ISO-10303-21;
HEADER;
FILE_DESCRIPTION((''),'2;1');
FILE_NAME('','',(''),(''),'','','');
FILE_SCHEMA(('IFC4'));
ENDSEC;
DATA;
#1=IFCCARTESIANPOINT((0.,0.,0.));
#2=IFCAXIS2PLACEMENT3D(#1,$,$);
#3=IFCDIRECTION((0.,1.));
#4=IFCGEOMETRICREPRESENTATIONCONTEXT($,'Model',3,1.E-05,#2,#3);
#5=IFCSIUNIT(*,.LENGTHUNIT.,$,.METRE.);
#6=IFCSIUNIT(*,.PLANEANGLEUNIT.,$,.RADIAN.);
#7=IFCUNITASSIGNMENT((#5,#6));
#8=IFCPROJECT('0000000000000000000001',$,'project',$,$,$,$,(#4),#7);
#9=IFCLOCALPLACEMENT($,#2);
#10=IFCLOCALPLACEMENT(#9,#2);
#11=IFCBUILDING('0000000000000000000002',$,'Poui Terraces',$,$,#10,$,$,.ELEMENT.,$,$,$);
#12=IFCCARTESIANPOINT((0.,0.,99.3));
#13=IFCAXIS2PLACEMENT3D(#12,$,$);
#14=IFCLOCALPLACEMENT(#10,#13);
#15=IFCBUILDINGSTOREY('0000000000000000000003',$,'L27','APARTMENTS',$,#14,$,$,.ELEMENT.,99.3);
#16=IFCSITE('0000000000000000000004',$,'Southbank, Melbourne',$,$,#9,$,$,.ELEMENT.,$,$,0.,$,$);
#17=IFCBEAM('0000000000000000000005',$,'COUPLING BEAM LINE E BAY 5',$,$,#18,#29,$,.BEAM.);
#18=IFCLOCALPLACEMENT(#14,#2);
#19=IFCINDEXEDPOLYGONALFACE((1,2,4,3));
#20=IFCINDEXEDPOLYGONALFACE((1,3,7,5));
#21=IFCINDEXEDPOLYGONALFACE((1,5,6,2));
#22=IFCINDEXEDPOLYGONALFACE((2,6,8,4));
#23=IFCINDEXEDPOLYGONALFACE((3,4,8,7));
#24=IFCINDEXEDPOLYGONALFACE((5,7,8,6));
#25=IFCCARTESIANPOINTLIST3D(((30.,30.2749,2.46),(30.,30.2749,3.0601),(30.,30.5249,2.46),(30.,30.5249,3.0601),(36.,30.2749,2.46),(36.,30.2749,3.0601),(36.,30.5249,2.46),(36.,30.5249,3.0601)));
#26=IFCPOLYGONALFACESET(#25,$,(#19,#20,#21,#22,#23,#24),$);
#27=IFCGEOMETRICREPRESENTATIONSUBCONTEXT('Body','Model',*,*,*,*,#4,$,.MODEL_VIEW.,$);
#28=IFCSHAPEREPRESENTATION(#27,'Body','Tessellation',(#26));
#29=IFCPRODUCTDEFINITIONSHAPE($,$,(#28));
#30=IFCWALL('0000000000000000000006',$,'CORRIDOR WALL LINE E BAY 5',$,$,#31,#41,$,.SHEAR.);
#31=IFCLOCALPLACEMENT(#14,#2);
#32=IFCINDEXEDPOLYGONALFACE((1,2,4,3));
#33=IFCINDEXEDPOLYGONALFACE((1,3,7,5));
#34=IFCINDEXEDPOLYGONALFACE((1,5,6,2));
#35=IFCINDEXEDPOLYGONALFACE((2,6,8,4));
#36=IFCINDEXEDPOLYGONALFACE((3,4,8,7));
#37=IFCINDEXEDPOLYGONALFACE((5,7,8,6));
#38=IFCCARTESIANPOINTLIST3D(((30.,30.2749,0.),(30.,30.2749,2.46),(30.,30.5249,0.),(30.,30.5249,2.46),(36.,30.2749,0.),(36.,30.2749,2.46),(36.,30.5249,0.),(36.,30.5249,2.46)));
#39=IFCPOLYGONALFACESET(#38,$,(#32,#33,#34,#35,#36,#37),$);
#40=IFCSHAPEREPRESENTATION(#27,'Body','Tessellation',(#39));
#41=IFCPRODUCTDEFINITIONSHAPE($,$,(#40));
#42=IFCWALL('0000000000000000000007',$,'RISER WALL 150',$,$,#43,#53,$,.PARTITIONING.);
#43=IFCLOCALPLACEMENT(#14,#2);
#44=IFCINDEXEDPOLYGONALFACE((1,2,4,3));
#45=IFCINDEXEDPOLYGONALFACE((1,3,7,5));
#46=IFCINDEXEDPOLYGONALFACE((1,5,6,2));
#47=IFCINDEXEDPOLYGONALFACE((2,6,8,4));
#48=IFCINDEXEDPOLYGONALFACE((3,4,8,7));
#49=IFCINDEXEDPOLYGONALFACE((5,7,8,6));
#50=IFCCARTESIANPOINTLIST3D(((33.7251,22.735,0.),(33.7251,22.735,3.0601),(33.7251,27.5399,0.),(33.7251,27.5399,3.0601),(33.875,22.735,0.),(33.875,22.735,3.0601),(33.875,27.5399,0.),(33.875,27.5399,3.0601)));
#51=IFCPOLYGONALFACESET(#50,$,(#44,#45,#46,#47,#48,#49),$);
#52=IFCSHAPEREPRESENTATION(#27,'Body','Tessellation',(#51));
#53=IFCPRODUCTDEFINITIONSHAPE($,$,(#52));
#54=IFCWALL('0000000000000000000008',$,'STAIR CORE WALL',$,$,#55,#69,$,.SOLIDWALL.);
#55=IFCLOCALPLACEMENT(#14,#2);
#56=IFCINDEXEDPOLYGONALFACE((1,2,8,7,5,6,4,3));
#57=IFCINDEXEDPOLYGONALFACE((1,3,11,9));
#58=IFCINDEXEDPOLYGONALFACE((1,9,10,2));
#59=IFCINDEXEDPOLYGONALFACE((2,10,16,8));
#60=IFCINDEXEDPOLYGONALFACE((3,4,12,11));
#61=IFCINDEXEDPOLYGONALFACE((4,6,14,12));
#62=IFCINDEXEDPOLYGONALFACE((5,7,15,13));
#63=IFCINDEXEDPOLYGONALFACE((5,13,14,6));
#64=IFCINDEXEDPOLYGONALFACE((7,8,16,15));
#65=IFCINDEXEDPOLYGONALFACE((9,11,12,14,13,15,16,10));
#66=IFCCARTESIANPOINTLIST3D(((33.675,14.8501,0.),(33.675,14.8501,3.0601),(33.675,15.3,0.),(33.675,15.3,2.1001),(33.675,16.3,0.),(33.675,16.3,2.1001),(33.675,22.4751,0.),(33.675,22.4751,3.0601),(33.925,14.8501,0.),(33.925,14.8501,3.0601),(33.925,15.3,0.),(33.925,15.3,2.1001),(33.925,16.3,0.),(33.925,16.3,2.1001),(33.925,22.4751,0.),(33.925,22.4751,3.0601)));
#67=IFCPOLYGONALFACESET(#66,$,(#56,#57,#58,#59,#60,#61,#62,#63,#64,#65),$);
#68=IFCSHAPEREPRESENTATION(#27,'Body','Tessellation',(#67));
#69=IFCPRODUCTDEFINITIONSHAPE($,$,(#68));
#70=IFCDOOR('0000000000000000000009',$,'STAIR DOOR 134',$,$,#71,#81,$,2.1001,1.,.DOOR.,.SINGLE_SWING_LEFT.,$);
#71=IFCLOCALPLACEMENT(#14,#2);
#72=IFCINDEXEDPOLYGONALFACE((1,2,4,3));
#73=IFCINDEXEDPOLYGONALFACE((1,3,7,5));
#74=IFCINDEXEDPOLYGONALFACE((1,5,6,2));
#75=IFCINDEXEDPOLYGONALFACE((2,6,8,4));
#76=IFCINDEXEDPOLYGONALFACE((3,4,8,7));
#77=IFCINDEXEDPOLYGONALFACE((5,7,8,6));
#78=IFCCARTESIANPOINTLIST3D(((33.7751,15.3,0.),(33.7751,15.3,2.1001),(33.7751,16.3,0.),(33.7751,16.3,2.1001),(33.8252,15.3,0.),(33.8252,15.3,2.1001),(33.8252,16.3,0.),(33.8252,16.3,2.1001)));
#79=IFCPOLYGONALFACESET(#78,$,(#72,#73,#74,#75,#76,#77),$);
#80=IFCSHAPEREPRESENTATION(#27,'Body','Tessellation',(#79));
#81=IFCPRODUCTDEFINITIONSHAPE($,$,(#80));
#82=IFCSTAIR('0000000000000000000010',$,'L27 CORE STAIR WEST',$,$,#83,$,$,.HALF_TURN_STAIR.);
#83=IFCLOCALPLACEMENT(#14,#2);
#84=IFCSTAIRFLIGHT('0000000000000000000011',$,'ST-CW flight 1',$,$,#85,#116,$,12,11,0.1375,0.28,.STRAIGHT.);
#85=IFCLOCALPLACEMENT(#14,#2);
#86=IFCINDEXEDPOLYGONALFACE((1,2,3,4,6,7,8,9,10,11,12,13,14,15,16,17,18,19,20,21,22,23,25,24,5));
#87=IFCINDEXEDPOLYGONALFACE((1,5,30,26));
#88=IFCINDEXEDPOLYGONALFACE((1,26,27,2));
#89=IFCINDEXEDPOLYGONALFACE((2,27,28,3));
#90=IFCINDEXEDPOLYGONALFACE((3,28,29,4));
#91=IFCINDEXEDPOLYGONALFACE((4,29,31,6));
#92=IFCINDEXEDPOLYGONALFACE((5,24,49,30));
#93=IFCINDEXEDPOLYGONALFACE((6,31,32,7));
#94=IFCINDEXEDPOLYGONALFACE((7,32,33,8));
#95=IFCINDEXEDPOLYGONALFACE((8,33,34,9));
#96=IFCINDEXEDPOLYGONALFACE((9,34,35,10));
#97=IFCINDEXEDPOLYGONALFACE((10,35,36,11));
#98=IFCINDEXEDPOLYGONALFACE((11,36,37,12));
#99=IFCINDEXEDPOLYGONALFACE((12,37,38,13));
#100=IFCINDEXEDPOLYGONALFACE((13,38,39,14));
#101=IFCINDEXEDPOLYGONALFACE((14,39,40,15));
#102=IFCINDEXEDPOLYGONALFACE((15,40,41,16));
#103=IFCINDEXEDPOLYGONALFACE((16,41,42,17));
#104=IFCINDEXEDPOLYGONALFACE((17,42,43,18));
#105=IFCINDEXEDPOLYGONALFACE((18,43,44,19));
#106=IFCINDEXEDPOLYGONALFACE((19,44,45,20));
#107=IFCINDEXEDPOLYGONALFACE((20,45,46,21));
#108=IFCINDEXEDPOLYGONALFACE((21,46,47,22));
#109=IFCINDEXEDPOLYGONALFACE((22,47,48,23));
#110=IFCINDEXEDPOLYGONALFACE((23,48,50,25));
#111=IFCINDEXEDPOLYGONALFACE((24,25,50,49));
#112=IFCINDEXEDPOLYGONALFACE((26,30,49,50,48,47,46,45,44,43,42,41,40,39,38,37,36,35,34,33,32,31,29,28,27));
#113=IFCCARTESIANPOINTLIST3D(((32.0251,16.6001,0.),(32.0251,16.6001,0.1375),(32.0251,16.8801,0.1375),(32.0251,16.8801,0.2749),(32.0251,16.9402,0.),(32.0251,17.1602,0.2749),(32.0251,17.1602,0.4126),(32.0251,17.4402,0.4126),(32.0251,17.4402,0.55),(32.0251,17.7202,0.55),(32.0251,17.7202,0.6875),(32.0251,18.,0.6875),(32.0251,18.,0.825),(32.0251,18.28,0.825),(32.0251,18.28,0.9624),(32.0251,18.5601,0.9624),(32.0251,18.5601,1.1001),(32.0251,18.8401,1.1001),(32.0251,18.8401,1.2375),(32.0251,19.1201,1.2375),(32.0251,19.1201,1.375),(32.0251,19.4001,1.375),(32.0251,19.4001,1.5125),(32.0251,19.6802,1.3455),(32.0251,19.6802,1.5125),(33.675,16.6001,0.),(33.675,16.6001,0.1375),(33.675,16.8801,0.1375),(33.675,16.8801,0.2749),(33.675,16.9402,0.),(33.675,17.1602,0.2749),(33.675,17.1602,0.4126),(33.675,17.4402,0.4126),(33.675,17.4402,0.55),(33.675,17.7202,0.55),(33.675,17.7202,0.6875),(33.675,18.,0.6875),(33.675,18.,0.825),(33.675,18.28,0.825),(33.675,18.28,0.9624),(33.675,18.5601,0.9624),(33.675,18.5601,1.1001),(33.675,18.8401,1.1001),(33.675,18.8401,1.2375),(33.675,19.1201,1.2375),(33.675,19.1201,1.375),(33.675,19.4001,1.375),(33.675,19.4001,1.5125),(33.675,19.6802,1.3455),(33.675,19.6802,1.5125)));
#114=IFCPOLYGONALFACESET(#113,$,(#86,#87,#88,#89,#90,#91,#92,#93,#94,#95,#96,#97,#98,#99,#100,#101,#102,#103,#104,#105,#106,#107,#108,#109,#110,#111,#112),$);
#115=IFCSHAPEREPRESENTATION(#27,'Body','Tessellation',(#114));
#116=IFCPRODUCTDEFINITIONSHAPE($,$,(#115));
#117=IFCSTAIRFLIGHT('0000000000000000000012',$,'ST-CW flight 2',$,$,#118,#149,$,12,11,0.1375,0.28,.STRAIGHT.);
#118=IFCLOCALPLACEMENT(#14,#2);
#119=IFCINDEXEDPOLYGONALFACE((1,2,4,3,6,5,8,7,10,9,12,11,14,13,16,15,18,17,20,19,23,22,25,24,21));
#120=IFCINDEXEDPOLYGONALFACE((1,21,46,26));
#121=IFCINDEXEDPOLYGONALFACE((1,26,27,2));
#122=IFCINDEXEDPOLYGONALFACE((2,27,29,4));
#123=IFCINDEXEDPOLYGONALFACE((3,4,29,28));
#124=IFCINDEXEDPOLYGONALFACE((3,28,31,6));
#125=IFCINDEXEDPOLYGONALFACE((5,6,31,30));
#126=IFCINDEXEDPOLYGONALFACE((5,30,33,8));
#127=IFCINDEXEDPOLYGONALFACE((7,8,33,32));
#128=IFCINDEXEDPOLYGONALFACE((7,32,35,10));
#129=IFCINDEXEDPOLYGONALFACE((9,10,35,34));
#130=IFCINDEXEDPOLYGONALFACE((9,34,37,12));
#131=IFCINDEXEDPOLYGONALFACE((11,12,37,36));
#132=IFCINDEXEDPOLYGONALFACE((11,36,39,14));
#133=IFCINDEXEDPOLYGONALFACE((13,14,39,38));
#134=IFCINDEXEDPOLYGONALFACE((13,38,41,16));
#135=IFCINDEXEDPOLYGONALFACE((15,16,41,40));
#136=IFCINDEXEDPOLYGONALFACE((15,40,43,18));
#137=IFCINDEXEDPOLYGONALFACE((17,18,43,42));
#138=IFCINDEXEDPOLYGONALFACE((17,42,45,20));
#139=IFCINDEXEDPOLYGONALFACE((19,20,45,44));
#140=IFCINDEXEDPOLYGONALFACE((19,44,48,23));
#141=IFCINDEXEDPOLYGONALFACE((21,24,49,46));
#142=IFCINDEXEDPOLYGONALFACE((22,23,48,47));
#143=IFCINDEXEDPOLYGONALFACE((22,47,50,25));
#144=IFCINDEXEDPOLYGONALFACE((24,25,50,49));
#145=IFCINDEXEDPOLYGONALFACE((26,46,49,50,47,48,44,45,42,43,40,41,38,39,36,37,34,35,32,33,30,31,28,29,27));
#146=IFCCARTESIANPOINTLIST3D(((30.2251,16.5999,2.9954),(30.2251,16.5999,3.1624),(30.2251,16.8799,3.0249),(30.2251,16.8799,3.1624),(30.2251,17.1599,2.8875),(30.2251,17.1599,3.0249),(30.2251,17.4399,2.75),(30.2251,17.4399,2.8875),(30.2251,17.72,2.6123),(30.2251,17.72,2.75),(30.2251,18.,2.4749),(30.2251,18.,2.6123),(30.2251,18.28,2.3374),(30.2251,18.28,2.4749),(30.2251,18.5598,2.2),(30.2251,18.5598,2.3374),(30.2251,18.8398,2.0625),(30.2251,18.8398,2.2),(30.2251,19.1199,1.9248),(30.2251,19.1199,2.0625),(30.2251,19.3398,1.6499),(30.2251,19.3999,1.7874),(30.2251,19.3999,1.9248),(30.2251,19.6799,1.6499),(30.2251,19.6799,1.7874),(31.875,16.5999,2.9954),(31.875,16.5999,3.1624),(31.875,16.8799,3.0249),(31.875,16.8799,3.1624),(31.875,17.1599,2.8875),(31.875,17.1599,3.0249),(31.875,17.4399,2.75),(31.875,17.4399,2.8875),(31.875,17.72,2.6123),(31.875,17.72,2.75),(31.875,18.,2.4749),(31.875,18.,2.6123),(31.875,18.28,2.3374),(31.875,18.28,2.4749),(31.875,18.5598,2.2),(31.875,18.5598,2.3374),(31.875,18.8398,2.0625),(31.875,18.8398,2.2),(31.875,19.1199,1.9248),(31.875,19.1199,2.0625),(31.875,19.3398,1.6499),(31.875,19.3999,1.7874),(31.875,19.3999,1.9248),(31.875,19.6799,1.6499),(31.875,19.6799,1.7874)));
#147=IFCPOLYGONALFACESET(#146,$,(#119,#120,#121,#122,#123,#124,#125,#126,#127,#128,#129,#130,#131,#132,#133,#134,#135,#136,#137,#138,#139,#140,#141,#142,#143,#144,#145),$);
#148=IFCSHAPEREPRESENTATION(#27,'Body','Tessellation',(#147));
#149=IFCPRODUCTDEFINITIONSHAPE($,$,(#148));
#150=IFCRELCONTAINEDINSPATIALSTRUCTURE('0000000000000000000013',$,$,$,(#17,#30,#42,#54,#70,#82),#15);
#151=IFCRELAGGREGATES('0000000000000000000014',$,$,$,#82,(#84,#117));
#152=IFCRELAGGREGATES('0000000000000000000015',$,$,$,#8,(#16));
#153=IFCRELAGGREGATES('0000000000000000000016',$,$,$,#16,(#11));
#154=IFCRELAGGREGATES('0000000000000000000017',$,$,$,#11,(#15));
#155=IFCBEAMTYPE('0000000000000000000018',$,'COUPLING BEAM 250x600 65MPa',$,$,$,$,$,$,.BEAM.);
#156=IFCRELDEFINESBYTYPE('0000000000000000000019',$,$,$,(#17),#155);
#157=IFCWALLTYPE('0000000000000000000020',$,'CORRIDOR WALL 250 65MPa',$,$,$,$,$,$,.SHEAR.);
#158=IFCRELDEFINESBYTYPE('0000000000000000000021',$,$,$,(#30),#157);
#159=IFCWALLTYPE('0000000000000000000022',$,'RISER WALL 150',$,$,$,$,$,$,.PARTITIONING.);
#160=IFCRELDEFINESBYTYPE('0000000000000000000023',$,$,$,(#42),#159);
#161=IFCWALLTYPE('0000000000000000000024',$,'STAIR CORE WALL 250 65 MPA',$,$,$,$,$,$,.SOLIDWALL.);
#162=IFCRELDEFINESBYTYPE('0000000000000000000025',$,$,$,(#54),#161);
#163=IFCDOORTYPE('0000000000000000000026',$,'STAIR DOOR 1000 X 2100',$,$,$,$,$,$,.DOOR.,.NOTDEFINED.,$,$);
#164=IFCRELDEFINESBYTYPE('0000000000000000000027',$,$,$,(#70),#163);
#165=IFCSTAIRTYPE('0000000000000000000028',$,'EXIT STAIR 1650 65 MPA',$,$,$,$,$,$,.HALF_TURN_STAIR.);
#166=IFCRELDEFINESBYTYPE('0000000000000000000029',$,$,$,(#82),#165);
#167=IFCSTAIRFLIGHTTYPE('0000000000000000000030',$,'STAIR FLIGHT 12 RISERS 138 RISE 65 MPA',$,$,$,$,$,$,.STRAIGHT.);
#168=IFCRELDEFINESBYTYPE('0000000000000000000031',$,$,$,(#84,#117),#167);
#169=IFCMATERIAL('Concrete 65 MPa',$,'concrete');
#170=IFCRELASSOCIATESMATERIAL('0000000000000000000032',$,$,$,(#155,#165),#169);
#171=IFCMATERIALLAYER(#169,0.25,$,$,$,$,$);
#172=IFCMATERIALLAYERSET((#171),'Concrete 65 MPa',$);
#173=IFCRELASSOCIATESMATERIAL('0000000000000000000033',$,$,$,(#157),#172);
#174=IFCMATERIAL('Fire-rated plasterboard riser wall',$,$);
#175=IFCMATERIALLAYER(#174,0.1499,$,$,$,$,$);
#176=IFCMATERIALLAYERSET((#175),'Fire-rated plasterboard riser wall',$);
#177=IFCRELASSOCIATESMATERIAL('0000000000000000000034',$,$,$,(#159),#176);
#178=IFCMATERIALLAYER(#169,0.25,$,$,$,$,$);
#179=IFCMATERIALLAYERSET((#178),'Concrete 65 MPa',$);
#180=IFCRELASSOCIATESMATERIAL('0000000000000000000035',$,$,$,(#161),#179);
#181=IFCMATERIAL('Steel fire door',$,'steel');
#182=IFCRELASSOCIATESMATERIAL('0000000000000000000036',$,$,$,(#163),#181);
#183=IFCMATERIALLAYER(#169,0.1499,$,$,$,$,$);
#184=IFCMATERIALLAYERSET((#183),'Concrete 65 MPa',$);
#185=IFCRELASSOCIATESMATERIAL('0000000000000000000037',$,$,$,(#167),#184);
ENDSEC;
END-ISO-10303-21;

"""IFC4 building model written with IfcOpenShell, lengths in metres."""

from ifc_helpers import new_model, si_unit, direction, frame, frame_2d, origin, origin_2d, place, context, subcontext, project, spatial, polyline, rectangle, outline, extrude, source, transform, mapped, material, layer, layer_set, material_profile, profile_set, type_object, element, fill, aggregate, save


model = new_model("IFC4")

# Units and contexts
model_context = context("Model", 3, precision=1e-05, world=origin(), true_north=direction((0.0, 1.0)))
body_context = subcontext(model_context, "Body", "Model", "MODEL_VIEW")
ifc_project = project(units=[si_unit("LENGTHUNIT", "METRE"), si_unit("PLANEANGLEUNIT", "RADIAN")], contexts=[model_context])

# Site, building, storey
site_placement = place(None, origin())
site = spatial("IfcSite", under=ifc_project, at=site_placement, Name="Southbank, Melbourne", CompositionType="ELEMENT", RefElevation=0.0)
building_placement = place(site_placement, origin())
building = spatial("IfcBuilding", under=site, at=building_placement, Name="Poui Terraces", CompositionType="ELEMENT")
storey_placement = place(building_placement, frame((0.0, 0.0, 99.3)))
storey = spatial("IfcBuildingStorey", under=building, at=storey_placement, Name="L27", Description="APARTMENTS", CompositionType="ELEMENT", Elevation=99.3)

# Beam
ifc_material_1 = material(Name="Concrete 65 MPa", Category="concrete")
ifc_material_profile = material_profile(ifc_material_1, rectangle(XDim=0.25, YDim=0.6001, at=origin_2d()), Name="RC 250x600")
ifc_profile_set = profile_set([ifc_material_profile], Name="Concrete 65 MPa")
beam_type = type_object("IfcBeamType", Name="COUPLING BEAM 250x600 65MPa", PredefinedType="BEAM", material=ifc_profile_set)
shared_shape = source(origin(), body_context, "Body", "SweptSolid", [
    extrude(rectangle(XDim=0.25, YDim=0.6001, at=origin_2d()), origin(), (0.0, 0.0, 1.0), 6.0),
])
beam_placement = place(storey_placement, frame((30.0, 30.3999, 2.76), z_axis=(1.0, 0.0, 0.0), x_axis=(0.0, 1.0, 0.0)))
element("IfcBeam", 1, at=beam_placement, inside=storey, type_object=beam_type, Name="COUPLING BEAM LINE E BAY 5", PredefinedType="BEAM", context=body_context, shape_type="MappedRepresentation", body=[
    mapped(shared_shape, transform((0.0, 0.0, 0.0))),
])

# Walls
ifc_layer_1 = layer(ifc_material_1, 0.25)
ifc_layer_set_1 = layer_set([ifc_layer_1], Name="Concrete 65 MPa")
wall_type_1 = type_object("IfcWallType", Name="CORRIDOR WALL 250 65MPa", PredefinedType="SHEAR", material=ifc_layer_set_1)
wall_1_placement = place(storey_placement, frame((30.0, 30.3999, 0.0), z_axis=(0.0, 0.0, 1.0), x_axis=(1.0, 0.0, 0.0)))
element("IfcWall", 2, at=wall_1_placement, inside=storey, type_object=wall_type_1, Name="CORRIDOR WALL LINE E BAY 5", PredefinedType="SHEAR", context=body_context, shape_type="SweptSolid", body=[
    extrude(rectangle(XDim=6.0, YDim=0.25, at=frame_2d((3.0, 0.0))), origin(), (0.0, 0.0, 1.0), 2.46),
])
ifc_material_2 = material(Name="Fire-rated plasterboard riser wall")
ifc_layer_2 = layer(ifc_material_2, 0.1499)
ifc_layer_set_2 = layer_set([ifc_layer_2], Name="Fire-rated plasterboard riser wall")
wall_type_2 = type_object("IfcWallType", Name="RISER WALL 150", PredefinedType="PARTITIONING", material=ifc_layer_set_2)
wall_2_placement = place(storey_placement, frame((33.8, 22.7351, 0.0), z_axis=(0.0, 0.0, 1.0), x_axis=(0.0, 1.0, 0.0)))
element("IfcWall", 3, at=wall_2_placement, inside=storey, type_object=wall_type_2, Name="RISER WALL 150", PredefinedType="PARTITIONING", context=body_context, shape_type="SweptSolid", body=[
    extrude(rectangle(XDim=4.8049, YDim=0.1499, at=frame_2d((2.4023, 0.0))), origin(), (0.0, 0.0, 1.0), 3.0601),
])

# Wall, opening, door
ifc_layer_3 = layer(ifc_material_1, 0.25)
ifc_layer_set_3 = layer_set([ifc_layer_3], Name="Concrete 65 MPa")
wall_type_3 = type_object("IfcWallType", Name="STAIR CORE WALL 250 65 MPA", PredefinedType="SOLIDWALL", material=ifc_layer_set_3)
wall_3_placement = place(storey_placement, frame((33.8, 14.8501, 0.0), z_axis=(0.0, 0.0, 1.0), x_axis=(0.0, 1.0, 0.0)))
wall_3 = element("IfcWall", 4, at=wall_3_placement, inside=storey, type_object=wall_type_3, Name="STAIR CORE WALL", PredefinedType="SOLIDWALL", context=body_context, shape_type="SweptSolid", body=[
    extrude(rectangle(XDim=7.625, YDim=0.25, at=frame_2d((3.8125, 0.0))), origin(), (0.0, 0.0, 1.0), 3.0601),
])
opening_placement = place(wall_3_placement, frame((0.45, 0.0, 0.0)))
opening = element("IfcOpeningElement", 5, at=opening_placement, cuts=wall_3, PredefinedType="OPENING", context=body_context, shape_type="SweptSolid", body=[
    extrude(rectangle(XDim=1.0, YDim=2.1001, at=frame_2d((0.5, 1.05))), frame((0.0, 0.135, 0.0), z_axis=(0.0, -1.0, 0.0), x_axis=(1.0, 0.0, 0.0)), (0.0, 0.0, 1.0), 0.27),
])
ifc_material_3 = material(Name="Steel fire door", Category="steel")
door_type = type_object("IfcDoorType", Name="STAIR DOOR 1000 X 2100", OperationType="NOTDEFINED", PredefinedType="DOOR", material=ifc_material_3)
door_placement = place(opening_placement, origin())
door = element("IfcDoor", 6, at=door_placement, inside=storey, type_object=door_type, Name="STAIR DOOR 134", OperationType="SINGLE_SWING_LEFT", OverallHeight=2.1001, OverallWidth=1.0, PredefinedType="DOOR", context=body_context, shape_type="SweptSolid", body=[
    extrude(rectangle(XDim=1.0, YDim=2.1001, at=frame_2d((0.5, 1.05))), frame((0.0, 0.0249, 0.0), z_axis=(0.0, -1.0, 0.0), x_axis=(1.0, 0.0, 0.0)), (0.0, 0.0, 1.0), 0.05),
])
fill(opening, door)

# Stair, stair flights
stair_type = type_object("IfcStairType", Name="EXIT STAIR 1650 65 MPA", PredefinedType="HALF_TURN_STAIR", material=ifc_material_1)
stair_placement = place(storey_placement, origin())
stair = element("IfcStair", 7, at=stair_placement, inside=storey, type_object=stair_type, Name="L27 CORE STAIR WEST", PredefinedType="HALF_TURN_STAIR")
ifc_layer_4 = layer(ifc_material_1, 0.1499)
ifc_layer_set_4 = layer_set([ifc_layer_4], Name="Concrete 65 MPa")
stair_flight_type = type_object("IfcStairFlightType", Name="STAIR FLIGHT 12 RISERS 138 RISE 65 MPA", PredefinedType="STRAIGHT", material=ifc_layer_set_4)
stair_flight_1_placement = place(storey_placement, frame((32.8501, 16.6001, 0.0), z_axis=(0.0, 0.0, 1.0), x_axis=(0.0, 1.0, 0.0)))
stair_flight_1 = element("IfcStairFlight", 8, at=stair_flight_1_placement, type_object=stair_flight_type, Name="ST-CW flight 1", NumberOfRisers=12, NumberOfTreads=11, PredefinedType="STRAIGHT", RiserHeight=0.1375, TreadLength=0.28, context=body_context, shape_type="SweptSolid", body=[
    extrude(outline(polyline([(0.0, 0.0), (0.0, 0.1375), (0.28, 0.1375), (0.28, 0.2749), (0.5601, 0.2749), (0.5601, 0.4126), (0.8401, 0.4126), (0.8401, 0.55), (1.1201, 0.55), (1.1201, 0.6875), (1.3999, 0.6875), (1.3999, 0.825), (1.6799, 0.825), (1.6799, 0.9624), (1.96, 0.9624), (1.96, 1.1001), (2.24, 1.1001), (2.24, 1.2375), (2.52, 1.2375), (2.52, 1.375), (2.8, 1.375), (2.8, 1.5125), (3.0801, 1.5125), (3.0801, 1.6499), (3.0801, 1.3455), (0.3401, 0.0), (0.0, 0.0)])), frame((0.0, 0.825, 0.0), z_axis=(0.0, -1.0, 0.0), x_axis=(1.0, 0.0, 0.0)), (0.0, 0.0, 1.0), 1.6499),
])
stair_flight_2_placement = place(storey_placement, frame((31.05, 19.6799, 1.6499), z_axis=(0.0, 0.0, 1.0), x_axis=(0.0, -1.0, 0.0)))
stair_flight_2 = element("IfcStairFlight", 9, at=stair_flight_2_placement, type_object=stair_flight_type, Name="ST-CW flight 2", NumberOfRisers=12, NumberOfTreads=11, PredefinedType="STRAIGHT", RiserHeight=0.1375, TreadLength=0.28, context=body_context, shape_type="SweptSolid", body=[
    extrude(outline(polyline([(0.0, 0.0), (0.0, 0.1375), (0.28, 0.1375), (0.28, 0.2749), (0.5601, 0.2749), (0.5601, 0.4126), (0.8401, 0.4126), (0.8401, 0.55), (1.1201, 0.55), (1.1201, 0.6875), (1.3999, 0.6875), (1.3999, 0.825), (1.6799, 0.825), (1.6799, 0.9624), (1.96, 0.9624), (1.96, 1.1001), (2.24, 1.1001), (2.24, 1.2375), (2.52, 1.2375), (2.52, 1.375), (2.8, 1.375), (2.8, 1.5125), (3.0801, 1.5125), (3.0801, 1.6499), (3.0801, 1.3455), (0.3401, 0.0), (0.0, 0.0)])), frame((0.0, 0.825, 0.0), z_axis=(0.0, -1.0, 0.0), x_axis=(1.0, 0.0, 0.0)), (0.0, 0.0, 1.0), 1.6499),
])
aggregate(stair, [stair_flight_1, stair_flight_2])

save(model, "model.ifc")
